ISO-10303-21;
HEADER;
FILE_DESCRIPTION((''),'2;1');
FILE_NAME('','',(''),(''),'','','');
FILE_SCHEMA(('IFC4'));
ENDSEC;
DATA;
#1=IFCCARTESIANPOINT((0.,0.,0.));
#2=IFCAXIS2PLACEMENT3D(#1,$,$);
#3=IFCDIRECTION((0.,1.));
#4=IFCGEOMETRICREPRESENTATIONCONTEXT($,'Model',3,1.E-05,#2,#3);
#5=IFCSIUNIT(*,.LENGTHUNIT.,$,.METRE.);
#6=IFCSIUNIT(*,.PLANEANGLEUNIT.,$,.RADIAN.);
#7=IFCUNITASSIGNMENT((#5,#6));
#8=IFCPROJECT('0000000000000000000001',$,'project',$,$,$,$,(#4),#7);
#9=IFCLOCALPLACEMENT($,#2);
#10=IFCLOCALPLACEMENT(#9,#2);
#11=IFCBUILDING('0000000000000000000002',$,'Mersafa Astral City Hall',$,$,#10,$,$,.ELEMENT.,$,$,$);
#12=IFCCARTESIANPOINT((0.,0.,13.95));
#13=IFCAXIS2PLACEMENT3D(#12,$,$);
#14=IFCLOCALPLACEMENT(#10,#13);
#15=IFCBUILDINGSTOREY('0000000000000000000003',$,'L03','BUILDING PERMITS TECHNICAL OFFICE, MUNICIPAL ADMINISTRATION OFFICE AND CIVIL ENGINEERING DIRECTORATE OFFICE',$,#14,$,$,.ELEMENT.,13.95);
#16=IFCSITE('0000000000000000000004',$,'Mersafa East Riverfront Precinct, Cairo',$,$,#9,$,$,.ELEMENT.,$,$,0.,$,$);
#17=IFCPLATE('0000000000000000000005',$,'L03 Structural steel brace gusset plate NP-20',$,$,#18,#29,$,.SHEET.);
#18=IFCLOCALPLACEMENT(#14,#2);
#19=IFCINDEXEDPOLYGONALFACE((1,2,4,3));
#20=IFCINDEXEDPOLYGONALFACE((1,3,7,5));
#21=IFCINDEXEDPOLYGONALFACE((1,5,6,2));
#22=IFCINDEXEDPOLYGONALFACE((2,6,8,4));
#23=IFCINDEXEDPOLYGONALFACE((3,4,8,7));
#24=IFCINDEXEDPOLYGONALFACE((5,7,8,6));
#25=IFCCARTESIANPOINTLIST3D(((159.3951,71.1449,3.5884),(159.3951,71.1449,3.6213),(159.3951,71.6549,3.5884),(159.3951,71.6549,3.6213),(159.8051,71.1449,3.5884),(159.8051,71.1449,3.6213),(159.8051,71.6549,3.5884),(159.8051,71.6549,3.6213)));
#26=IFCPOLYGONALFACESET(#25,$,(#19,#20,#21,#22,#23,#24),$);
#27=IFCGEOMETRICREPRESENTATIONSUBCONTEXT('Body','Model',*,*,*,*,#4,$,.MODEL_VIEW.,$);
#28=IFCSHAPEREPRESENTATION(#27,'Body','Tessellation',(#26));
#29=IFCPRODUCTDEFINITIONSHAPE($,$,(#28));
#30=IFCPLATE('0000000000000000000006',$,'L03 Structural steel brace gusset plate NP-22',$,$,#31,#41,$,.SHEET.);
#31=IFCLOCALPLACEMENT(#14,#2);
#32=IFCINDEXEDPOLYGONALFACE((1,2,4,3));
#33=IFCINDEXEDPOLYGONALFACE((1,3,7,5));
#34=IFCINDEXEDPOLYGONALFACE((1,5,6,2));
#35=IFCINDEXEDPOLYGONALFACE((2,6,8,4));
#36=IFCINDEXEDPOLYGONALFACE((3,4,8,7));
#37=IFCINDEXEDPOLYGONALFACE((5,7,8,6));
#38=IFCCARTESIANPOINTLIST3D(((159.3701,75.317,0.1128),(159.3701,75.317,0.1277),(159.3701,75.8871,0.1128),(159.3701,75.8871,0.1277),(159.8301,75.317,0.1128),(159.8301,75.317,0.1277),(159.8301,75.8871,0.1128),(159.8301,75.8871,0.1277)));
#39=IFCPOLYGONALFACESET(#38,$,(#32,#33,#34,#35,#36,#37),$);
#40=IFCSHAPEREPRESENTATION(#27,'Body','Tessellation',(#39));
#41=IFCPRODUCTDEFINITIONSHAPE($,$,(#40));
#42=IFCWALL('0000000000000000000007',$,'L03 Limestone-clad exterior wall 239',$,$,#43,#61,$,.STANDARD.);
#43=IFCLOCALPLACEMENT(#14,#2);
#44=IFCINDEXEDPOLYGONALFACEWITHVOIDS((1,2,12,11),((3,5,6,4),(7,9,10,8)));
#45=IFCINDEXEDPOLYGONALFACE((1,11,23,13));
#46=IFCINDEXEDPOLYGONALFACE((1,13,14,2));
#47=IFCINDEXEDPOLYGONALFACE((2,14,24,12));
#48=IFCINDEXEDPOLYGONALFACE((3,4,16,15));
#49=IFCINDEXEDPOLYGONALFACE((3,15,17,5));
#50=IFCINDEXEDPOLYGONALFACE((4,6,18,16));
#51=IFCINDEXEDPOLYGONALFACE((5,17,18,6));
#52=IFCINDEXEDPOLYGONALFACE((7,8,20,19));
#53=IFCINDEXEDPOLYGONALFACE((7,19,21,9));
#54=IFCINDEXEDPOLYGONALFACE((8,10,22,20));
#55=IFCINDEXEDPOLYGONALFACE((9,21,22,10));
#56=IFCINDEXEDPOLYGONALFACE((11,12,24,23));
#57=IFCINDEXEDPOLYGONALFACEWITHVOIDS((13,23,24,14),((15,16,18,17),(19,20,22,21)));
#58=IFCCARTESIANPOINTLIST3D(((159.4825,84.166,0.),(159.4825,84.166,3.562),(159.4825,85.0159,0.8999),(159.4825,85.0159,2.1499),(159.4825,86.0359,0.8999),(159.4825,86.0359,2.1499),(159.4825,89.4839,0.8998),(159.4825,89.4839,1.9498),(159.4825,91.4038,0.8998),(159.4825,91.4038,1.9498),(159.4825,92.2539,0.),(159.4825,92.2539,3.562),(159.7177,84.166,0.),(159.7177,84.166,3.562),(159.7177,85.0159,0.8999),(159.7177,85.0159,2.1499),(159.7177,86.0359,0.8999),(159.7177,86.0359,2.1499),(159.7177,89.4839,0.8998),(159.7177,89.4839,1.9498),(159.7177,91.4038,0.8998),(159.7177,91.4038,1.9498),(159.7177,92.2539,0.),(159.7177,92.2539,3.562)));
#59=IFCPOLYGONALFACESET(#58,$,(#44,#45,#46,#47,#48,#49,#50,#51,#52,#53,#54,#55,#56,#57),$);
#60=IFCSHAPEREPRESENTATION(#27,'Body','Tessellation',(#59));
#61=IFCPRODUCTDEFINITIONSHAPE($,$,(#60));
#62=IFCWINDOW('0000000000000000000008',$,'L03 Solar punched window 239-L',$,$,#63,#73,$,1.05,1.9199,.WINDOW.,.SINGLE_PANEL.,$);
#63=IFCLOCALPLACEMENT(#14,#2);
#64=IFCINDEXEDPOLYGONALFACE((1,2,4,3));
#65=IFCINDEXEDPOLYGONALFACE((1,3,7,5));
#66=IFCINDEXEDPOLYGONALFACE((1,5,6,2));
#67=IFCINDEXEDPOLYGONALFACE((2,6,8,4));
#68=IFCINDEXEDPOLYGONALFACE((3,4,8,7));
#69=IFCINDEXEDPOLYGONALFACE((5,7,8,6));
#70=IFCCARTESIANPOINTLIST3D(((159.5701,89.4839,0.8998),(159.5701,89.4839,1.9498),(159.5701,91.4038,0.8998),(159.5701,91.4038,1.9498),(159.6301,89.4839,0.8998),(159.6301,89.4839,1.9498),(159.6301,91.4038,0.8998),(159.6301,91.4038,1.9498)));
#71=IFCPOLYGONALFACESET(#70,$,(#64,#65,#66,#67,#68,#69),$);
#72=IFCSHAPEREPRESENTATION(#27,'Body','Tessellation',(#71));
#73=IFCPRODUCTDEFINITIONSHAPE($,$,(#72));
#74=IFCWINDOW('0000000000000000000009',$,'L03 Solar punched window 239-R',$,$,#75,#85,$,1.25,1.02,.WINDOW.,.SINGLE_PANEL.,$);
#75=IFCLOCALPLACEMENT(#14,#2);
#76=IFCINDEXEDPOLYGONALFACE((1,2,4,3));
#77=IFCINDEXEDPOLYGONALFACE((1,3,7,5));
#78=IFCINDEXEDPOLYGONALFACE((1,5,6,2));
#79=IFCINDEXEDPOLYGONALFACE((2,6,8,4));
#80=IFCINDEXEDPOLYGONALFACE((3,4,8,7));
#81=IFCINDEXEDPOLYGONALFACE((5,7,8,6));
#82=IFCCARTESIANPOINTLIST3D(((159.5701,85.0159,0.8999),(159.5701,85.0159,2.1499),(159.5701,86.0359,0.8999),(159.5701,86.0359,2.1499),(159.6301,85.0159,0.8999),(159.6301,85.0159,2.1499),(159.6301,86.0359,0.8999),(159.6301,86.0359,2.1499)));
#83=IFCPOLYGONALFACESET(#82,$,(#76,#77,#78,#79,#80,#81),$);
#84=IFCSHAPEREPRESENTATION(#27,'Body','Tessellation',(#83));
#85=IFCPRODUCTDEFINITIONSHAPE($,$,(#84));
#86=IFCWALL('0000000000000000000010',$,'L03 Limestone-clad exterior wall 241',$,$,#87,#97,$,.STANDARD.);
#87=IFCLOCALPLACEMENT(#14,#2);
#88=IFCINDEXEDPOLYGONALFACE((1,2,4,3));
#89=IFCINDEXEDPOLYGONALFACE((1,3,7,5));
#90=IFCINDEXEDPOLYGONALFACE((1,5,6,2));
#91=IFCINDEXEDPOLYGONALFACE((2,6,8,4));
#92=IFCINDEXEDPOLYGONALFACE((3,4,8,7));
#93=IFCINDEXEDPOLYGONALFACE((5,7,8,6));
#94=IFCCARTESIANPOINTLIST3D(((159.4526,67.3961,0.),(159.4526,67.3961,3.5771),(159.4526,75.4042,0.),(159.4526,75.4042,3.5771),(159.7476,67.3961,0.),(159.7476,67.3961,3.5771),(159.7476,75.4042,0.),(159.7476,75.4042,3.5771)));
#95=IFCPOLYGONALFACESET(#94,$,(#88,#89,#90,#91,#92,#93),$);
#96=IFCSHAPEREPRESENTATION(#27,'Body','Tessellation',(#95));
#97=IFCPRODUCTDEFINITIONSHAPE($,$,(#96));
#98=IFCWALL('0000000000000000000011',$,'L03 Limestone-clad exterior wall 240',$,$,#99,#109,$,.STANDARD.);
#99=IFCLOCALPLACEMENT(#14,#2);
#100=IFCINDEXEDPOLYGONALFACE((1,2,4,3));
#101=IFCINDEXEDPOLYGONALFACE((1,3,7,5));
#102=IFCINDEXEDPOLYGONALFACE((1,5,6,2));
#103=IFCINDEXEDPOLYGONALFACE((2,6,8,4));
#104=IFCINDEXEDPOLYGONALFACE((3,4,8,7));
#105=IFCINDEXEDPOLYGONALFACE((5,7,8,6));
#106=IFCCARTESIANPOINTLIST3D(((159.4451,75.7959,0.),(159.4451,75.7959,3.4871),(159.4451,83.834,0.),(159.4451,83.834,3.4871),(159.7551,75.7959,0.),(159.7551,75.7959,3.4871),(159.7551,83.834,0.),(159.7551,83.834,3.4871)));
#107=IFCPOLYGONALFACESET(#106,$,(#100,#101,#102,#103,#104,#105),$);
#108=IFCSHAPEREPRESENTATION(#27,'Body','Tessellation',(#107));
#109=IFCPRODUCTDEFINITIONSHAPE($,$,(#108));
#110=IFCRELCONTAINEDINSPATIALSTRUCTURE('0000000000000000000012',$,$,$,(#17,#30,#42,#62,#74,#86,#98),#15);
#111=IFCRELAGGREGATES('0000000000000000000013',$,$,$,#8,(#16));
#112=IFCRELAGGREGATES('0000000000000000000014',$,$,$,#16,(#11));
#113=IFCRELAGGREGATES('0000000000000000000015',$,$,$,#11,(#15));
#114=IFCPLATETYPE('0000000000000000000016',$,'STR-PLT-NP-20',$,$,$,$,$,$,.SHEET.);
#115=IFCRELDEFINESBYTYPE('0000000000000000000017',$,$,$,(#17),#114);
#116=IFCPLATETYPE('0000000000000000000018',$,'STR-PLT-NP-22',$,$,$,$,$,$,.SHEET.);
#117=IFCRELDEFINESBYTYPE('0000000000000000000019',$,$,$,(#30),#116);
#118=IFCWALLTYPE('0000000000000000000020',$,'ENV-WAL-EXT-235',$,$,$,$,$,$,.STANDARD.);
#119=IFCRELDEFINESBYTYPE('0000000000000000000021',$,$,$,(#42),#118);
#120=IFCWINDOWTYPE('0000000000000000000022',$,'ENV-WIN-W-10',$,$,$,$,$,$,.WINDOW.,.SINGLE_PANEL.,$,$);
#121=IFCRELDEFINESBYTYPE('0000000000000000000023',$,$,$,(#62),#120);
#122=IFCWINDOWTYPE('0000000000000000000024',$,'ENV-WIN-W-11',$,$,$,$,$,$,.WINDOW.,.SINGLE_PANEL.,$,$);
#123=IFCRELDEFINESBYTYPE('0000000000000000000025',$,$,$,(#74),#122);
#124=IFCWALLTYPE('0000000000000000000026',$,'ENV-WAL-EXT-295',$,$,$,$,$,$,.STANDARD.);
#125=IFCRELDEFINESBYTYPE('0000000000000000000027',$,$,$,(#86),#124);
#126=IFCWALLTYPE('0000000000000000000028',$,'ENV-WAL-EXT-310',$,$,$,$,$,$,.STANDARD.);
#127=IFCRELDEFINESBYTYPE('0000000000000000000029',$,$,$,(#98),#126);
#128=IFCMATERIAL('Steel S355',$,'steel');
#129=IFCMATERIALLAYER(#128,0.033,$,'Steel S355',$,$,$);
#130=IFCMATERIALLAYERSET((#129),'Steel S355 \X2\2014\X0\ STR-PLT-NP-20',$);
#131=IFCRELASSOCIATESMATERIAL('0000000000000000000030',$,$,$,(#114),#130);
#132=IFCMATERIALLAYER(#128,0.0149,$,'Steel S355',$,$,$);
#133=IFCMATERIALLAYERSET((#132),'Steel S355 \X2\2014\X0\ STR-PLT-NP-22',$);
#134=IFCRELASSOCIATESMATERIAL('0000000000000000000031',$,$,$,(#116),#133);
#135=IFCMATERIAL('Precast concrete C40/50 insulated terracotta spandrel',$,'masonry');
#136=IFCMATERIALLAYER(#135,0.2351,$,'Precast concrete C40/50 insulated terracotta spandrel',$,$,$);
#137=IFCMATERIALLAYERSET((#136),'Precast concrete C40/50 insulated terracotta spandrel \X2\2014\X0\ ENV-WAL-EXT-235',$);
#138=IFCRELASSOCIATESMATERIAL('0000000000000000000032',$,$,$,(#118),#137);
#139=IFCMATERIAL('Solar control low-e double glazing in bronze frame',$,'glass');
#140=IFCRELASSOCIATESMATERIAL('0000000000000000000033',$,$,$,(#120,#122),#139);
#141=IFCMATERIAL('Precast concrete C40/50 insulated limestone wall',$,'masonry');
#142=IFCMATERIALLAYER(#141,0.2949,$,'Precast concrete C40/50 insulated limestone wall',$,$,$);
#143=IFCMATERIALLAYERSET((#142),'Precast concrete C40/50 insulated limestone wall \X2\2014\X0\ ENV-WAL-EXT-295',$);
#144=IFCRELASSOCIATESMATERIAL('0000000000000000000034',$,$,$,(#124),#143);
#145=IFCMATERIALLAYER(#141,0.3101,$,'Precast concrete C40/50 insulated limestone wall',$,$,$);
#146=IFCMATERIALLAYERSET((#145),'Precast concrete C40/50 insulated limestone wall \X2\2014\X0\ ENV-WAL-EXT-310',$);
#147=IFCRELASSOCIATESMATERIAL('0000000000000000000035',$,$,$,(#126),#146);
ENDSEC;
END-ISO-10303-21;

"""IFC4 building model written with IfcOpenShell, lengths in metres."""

from ifc_helpers import new_model, si_unit, direction, frame, frame_2d, origin, origin_2d, place, context, subcontext, project, spatial, rectangle, extrude, material, layer, layer_set, type_object, element, fill, save


model = new_model("IFC4")

# Units and contexts
model_context = context("Model", 3, precision=1e-05, world=origin(), true_north=direction((0.0, 1.0)))
body_context = subcontext(model_context, "Body", "Model", "MODEL_VIEW")
ifc_project = project(units=[si_unit("LENGTHUNIT", "METRE"), si_unit("PLANEANGLEUNIT", "RADIAN")], contexts=[model_context])

# Site, building, storey
site_placement = place(None, origin())
site = spatial("IfcSite", under=ifc_project, at=site_placement, Name="Mersafa East Riverfront Precinct, Cairo", CompositionType="ELEMENT", RefElevation=0.0)
building_placement = place(site_placement, origin())
building = spatial("IfcBuilding", under=site, at=building_placement, Name="Mersafa Astral City Hall", CompositionType="ELEMENT")
storey_placement = place(building_placement, frame((0.0, 0.0, 13.95)))
storey = spatial("IfcBuildingStorey", under=building, at=storey_placement, Name="L03", Description="BUILDING PERMITS TECHNICAL OFFICE, MUNICIPAL ADMINISTRATION OFFICE AND CIVIL ENGINEERING DIRECTORATE OFFICE", CompositionType="ELEMENT", Elevation=13.95)

# Shared definitions
ifc_material_1 = material(Name="Steel S355", Category="steel")

# Plates
ifc_layer_1 = layer(ifc_material_1, 0.033, Name="Steel S355")
ifc_layer_set_1 = layer_set([ifc_layer_1], Name="Steel S355 — STR-PLT-NP-20")
plate_type_1 = type_object("IfcPlateType", Name="STR-PLT-NP-20", PredefinedType="SHEET", material=ifc_layer_set_1)
plate_1_placement = place(storey_placement, frame((159.6001, 71.3999, 3.5884), z_axis=(0.0, 0.0, 1.0), x_axis=(1.0, 0.0, 0.0)))
element("IfcPlate", 1, at=plate_1_placement, inside=storey, type_object=plate_type_1, Name="L03 Structural steel brace gusset plate NP-20", PredefinedType="SHEET", context=body_context, shape_type="SweptSolid", body=[
    extrude(rectangle(XDim=0.4099, YDim=0.51, at=origin_2d()), origin(), (0.0, 0.0, 1.0), 0.033),
])
ifc_layer_2 = layer(ifc_material_1, 0.0149, Name="Steel S355")
ifc_layer_set_2 = layer_set([ifc_layer_2], Name="Steel S355 — STR-PLT-NP-22")
plate_type_2 = type_object("IfcPlateType", Name="STR-PLT-NP-22", PredefinedType="SHEET", material=ifc_layer_set_2)
plate_2_placement = place(storey_placement, frame((159.6001, 75.6021, 0.1128), z_axis=(0.0, 0.0, 1.0), x_axis=(1.0, 0.0, 0.0)))
element("IfcPlate", 2, at=plate_2_placement, inside=storey, type_object=plate_type_2, Name="L03 Structural steel brace gusset plate NP-22", PredefinedType="SHEET", context=body_context, shape_type="SweptSolid", body=[
    extrude(rectangle(XDim=0.46, YDim=0.5701, at=origin_2d()), origin(), (0.0, 0.0, 1.0), 0.0149),
])

# Wall, openings, windows
ifc_material_2 = material(Name="Precast concrete C40/50 insulated terracotta spandrel", Category="masonry")
ifc_layer_3 = layer(ifc_material_2, 0.2351, Name="Precast concrete C40/50 insulated terracotta spandrel")
ifc_layer_set_3 = layer_set([ifc_layer_3], Name="Precast concrete C40/50 insulated terracotta spandrel — ENV-WAL-EXT-235")
wall_type_1 = type_object("IfcWallType", Name="ENV-WAL-EXT-235", PredefinedType="STANDARD", material=ifc_layer_set_3)
wall_1_placement = place(storey_placement, frame((159.6001, 92.2539, 0.0), z_axis=(0.0, 0.0, 1.0), x_axis=(0.0, -1.0, 0.0)))
wall_1 = element("IfcWall", 3, at=wall_1_placement, inside=storey, type_object=wall_type_1, Name="L03 Limestone-clad exterior wall 239", PredefinedType="STANDARD", context=body_context, shape_type="SweptSolid", body=[
    extrude(rectangle(XDim=8.0879, YDim=0.2351, at=frame_2d((4.0439, 0.0))), origin(), (0.0, 0.0, 1.0), 3.562),
])
opening_1_placement = place(wall_1_placement, frame((0.8501, 0.0, 0.8999)))
opening_1 = element("IfcOpeningElement", 4, at=opening_1_placement, cuts=wall_1, PredefinedType="OPENING", context=body_context, shape_type="SweptSolid", body=[
    extrude(rectangle(XDim=1.9199, YDim=1.05, at=frame_2d((0.96, 0.5249))), frame((0.0, 0.1274, 0.0), z_axis=(0.0, -1.0, 0.0), x_axis=(1.0, 0.0, 0.0)), (0.0, 0.0, 1.0), 0.2551),
])
opening_2_placement = place(wall_1_placement, frame((6.218, 0.0, 0.8999)))
opening_2 = element("IfcOpeningElement", 5, at=opening_2_placement, cuts=wall_1, PredefinedType="OPENING", context=body_context, shape_type="SweptSolid", body=[
    extrude(rectangle(XDim=1.02, YDim=1.25, at=frame_2d((0.51, 0.625))), frame((0.0, 0.1274, 0.0), z_axis=(0.0, -1.0, 0.0), x_axis=(1.0, 0.0, 0.0)), (0.0, 0.0, 1.0), 0.2551),
])
ifc_material_3 = material(Name="Solar control low-e double glazing in bronze frame", Category="glass")
window_type_1 = type_object("IfcWindowType", Name="ENV-WIN-W-10", PartitioningType="SINGLE_PANEL", PredefinedType="WINDOW", material=ifc_material_3)
window_1_placement = place(opening_1_placement, origin())
window_1 = element("IfcWindow", 6, at=window_1_placement, inside=storey, type_object=window_type_1, Name="L03 Solar punched window 239-L", OverallHeight=1.05, OverallWidth=1.9199, PartitioningType="SINGLE_PANEL", PredefinedType="WINDOW", context=body_context, shape_type="SweptSolid", body=[
    extrude(rectangle(XDim=1.9199, YDim=1.05, at=frame_2d((0.96, 0.5249))), frame((0.0, 0.03, 0.0), z_axis=(0.0, -1.0, 0.0), x_axis=(1.0, 0.0, 0.0)), (0.0, 0.0, 1.0), 0.0601),
])
fill(opening_1, window_1)
window_type_2 = type_object("IfcWindowType", Name="ENV-WIN-W-11", PartitioningType="SINGLE_PANEL", PredefinedType="WINDOW", material=ifc_material_3)
window_2_placement = place(opening_2_placement, origin())
window_2 = element("IfcWindow", 7, at=window_2_placement, inside=storey, type_object=window_type_2, Name="L03 Solar punched window 239-R", OverallHeight=1.25, OverallWidth=1.02, PartitioningType="SINGLE_PANEL", PredefinedType="WINDOW", context=body_context, shape_type="SweptSolid", body=[
    extrude(rectangle(XDim=1.02, YDim=1.25, at=frame_2d((0.51, 0.625))), frame((0.0, 0.03, 0.0), z_axis=(0.0, -1.0, 0.0), x_axis=(1.0, 0.0, 0.0)), (0.0, 0.0, 1.0), 0.0601),
])
fill(opening_2, window_2)

# Walls
ifc_material_4 = material(Name="Precast concrete C40/50 insulated limestone wall", Category="masonry")
ifc_layer_4 = layer(ifc_material_4, 0.2949, Name="Precast concrete C40/50 insulated limestone wall")
ifc_layer_set_4 = layer_set([ifc_layer_4], Name="Precast concrete C40/50 insulated limestone wall — ENV-WAL-EXT-295")
wall_type_2 = type_object("IfcWallType", Name="ENV-WAL-EXT-295", PredefinedType="STANDARD", material=ifc_layer_set_4)
wall_2_placement = place(storey_placement, frame((159.6001, 75.4041, 0.0), z_axis=(0.0, 0.0, 1.0), x_axis=(0.0, -1.0, 0.0)))
element("IfcWall", 8, at=wall_2_placement, inside=storey, type_object=wall_type_2, Name="L03 Limestone-clad exterior wall 241", PredefinedType="STANDARD", context=body_context, shape_type="SweptSolid", body=[
    extrude(rectangle(XDim=8.0081, YDim=0.2949, at=frame_2d((4.0039, 0.0))), origin(), (0.0, 0.0, 1.0), 3.5771),
])
ifc_layer_5 = layer(ifc_material_4, 0.3101, Name="Precast concrete C40/50 insulated limestone wall")
ifc_layer_set_5 = layer_set([ifc_layer_5], Name="Precast concrete C40/50 insulated limestone wall — ENV-WAL-EXT-310")
wall_type_3 = type_object("IfcWallType", Name="ENV-WAL-EXT-310", PredefinedType="STANDARD", material=ifc_layer_set_5)
wall_3_placement = place(storey_placement, frame((159.6001, 83.834, 0.0), z_axis=(0.0, 0.0, 1.0), x_axis=(0.0, -1.0, 0.0)))
element("IfcWall", 9, at=wall_3_placement, inside=storey, type_object=wall_type_3, Name="L03 Limestone-clad exterior wall 240", PredefinedType="STANDARD", context=body_context, shape_type="SweptSolid", body=[
    extrude(rectangle(XDim=8.0381, YDim=0.3101, at=frame_2d((4.019, 0.0))), origin(), (0.0, 0.0, 1.0), 3.4871),
])

save(model, "model.ifc")
